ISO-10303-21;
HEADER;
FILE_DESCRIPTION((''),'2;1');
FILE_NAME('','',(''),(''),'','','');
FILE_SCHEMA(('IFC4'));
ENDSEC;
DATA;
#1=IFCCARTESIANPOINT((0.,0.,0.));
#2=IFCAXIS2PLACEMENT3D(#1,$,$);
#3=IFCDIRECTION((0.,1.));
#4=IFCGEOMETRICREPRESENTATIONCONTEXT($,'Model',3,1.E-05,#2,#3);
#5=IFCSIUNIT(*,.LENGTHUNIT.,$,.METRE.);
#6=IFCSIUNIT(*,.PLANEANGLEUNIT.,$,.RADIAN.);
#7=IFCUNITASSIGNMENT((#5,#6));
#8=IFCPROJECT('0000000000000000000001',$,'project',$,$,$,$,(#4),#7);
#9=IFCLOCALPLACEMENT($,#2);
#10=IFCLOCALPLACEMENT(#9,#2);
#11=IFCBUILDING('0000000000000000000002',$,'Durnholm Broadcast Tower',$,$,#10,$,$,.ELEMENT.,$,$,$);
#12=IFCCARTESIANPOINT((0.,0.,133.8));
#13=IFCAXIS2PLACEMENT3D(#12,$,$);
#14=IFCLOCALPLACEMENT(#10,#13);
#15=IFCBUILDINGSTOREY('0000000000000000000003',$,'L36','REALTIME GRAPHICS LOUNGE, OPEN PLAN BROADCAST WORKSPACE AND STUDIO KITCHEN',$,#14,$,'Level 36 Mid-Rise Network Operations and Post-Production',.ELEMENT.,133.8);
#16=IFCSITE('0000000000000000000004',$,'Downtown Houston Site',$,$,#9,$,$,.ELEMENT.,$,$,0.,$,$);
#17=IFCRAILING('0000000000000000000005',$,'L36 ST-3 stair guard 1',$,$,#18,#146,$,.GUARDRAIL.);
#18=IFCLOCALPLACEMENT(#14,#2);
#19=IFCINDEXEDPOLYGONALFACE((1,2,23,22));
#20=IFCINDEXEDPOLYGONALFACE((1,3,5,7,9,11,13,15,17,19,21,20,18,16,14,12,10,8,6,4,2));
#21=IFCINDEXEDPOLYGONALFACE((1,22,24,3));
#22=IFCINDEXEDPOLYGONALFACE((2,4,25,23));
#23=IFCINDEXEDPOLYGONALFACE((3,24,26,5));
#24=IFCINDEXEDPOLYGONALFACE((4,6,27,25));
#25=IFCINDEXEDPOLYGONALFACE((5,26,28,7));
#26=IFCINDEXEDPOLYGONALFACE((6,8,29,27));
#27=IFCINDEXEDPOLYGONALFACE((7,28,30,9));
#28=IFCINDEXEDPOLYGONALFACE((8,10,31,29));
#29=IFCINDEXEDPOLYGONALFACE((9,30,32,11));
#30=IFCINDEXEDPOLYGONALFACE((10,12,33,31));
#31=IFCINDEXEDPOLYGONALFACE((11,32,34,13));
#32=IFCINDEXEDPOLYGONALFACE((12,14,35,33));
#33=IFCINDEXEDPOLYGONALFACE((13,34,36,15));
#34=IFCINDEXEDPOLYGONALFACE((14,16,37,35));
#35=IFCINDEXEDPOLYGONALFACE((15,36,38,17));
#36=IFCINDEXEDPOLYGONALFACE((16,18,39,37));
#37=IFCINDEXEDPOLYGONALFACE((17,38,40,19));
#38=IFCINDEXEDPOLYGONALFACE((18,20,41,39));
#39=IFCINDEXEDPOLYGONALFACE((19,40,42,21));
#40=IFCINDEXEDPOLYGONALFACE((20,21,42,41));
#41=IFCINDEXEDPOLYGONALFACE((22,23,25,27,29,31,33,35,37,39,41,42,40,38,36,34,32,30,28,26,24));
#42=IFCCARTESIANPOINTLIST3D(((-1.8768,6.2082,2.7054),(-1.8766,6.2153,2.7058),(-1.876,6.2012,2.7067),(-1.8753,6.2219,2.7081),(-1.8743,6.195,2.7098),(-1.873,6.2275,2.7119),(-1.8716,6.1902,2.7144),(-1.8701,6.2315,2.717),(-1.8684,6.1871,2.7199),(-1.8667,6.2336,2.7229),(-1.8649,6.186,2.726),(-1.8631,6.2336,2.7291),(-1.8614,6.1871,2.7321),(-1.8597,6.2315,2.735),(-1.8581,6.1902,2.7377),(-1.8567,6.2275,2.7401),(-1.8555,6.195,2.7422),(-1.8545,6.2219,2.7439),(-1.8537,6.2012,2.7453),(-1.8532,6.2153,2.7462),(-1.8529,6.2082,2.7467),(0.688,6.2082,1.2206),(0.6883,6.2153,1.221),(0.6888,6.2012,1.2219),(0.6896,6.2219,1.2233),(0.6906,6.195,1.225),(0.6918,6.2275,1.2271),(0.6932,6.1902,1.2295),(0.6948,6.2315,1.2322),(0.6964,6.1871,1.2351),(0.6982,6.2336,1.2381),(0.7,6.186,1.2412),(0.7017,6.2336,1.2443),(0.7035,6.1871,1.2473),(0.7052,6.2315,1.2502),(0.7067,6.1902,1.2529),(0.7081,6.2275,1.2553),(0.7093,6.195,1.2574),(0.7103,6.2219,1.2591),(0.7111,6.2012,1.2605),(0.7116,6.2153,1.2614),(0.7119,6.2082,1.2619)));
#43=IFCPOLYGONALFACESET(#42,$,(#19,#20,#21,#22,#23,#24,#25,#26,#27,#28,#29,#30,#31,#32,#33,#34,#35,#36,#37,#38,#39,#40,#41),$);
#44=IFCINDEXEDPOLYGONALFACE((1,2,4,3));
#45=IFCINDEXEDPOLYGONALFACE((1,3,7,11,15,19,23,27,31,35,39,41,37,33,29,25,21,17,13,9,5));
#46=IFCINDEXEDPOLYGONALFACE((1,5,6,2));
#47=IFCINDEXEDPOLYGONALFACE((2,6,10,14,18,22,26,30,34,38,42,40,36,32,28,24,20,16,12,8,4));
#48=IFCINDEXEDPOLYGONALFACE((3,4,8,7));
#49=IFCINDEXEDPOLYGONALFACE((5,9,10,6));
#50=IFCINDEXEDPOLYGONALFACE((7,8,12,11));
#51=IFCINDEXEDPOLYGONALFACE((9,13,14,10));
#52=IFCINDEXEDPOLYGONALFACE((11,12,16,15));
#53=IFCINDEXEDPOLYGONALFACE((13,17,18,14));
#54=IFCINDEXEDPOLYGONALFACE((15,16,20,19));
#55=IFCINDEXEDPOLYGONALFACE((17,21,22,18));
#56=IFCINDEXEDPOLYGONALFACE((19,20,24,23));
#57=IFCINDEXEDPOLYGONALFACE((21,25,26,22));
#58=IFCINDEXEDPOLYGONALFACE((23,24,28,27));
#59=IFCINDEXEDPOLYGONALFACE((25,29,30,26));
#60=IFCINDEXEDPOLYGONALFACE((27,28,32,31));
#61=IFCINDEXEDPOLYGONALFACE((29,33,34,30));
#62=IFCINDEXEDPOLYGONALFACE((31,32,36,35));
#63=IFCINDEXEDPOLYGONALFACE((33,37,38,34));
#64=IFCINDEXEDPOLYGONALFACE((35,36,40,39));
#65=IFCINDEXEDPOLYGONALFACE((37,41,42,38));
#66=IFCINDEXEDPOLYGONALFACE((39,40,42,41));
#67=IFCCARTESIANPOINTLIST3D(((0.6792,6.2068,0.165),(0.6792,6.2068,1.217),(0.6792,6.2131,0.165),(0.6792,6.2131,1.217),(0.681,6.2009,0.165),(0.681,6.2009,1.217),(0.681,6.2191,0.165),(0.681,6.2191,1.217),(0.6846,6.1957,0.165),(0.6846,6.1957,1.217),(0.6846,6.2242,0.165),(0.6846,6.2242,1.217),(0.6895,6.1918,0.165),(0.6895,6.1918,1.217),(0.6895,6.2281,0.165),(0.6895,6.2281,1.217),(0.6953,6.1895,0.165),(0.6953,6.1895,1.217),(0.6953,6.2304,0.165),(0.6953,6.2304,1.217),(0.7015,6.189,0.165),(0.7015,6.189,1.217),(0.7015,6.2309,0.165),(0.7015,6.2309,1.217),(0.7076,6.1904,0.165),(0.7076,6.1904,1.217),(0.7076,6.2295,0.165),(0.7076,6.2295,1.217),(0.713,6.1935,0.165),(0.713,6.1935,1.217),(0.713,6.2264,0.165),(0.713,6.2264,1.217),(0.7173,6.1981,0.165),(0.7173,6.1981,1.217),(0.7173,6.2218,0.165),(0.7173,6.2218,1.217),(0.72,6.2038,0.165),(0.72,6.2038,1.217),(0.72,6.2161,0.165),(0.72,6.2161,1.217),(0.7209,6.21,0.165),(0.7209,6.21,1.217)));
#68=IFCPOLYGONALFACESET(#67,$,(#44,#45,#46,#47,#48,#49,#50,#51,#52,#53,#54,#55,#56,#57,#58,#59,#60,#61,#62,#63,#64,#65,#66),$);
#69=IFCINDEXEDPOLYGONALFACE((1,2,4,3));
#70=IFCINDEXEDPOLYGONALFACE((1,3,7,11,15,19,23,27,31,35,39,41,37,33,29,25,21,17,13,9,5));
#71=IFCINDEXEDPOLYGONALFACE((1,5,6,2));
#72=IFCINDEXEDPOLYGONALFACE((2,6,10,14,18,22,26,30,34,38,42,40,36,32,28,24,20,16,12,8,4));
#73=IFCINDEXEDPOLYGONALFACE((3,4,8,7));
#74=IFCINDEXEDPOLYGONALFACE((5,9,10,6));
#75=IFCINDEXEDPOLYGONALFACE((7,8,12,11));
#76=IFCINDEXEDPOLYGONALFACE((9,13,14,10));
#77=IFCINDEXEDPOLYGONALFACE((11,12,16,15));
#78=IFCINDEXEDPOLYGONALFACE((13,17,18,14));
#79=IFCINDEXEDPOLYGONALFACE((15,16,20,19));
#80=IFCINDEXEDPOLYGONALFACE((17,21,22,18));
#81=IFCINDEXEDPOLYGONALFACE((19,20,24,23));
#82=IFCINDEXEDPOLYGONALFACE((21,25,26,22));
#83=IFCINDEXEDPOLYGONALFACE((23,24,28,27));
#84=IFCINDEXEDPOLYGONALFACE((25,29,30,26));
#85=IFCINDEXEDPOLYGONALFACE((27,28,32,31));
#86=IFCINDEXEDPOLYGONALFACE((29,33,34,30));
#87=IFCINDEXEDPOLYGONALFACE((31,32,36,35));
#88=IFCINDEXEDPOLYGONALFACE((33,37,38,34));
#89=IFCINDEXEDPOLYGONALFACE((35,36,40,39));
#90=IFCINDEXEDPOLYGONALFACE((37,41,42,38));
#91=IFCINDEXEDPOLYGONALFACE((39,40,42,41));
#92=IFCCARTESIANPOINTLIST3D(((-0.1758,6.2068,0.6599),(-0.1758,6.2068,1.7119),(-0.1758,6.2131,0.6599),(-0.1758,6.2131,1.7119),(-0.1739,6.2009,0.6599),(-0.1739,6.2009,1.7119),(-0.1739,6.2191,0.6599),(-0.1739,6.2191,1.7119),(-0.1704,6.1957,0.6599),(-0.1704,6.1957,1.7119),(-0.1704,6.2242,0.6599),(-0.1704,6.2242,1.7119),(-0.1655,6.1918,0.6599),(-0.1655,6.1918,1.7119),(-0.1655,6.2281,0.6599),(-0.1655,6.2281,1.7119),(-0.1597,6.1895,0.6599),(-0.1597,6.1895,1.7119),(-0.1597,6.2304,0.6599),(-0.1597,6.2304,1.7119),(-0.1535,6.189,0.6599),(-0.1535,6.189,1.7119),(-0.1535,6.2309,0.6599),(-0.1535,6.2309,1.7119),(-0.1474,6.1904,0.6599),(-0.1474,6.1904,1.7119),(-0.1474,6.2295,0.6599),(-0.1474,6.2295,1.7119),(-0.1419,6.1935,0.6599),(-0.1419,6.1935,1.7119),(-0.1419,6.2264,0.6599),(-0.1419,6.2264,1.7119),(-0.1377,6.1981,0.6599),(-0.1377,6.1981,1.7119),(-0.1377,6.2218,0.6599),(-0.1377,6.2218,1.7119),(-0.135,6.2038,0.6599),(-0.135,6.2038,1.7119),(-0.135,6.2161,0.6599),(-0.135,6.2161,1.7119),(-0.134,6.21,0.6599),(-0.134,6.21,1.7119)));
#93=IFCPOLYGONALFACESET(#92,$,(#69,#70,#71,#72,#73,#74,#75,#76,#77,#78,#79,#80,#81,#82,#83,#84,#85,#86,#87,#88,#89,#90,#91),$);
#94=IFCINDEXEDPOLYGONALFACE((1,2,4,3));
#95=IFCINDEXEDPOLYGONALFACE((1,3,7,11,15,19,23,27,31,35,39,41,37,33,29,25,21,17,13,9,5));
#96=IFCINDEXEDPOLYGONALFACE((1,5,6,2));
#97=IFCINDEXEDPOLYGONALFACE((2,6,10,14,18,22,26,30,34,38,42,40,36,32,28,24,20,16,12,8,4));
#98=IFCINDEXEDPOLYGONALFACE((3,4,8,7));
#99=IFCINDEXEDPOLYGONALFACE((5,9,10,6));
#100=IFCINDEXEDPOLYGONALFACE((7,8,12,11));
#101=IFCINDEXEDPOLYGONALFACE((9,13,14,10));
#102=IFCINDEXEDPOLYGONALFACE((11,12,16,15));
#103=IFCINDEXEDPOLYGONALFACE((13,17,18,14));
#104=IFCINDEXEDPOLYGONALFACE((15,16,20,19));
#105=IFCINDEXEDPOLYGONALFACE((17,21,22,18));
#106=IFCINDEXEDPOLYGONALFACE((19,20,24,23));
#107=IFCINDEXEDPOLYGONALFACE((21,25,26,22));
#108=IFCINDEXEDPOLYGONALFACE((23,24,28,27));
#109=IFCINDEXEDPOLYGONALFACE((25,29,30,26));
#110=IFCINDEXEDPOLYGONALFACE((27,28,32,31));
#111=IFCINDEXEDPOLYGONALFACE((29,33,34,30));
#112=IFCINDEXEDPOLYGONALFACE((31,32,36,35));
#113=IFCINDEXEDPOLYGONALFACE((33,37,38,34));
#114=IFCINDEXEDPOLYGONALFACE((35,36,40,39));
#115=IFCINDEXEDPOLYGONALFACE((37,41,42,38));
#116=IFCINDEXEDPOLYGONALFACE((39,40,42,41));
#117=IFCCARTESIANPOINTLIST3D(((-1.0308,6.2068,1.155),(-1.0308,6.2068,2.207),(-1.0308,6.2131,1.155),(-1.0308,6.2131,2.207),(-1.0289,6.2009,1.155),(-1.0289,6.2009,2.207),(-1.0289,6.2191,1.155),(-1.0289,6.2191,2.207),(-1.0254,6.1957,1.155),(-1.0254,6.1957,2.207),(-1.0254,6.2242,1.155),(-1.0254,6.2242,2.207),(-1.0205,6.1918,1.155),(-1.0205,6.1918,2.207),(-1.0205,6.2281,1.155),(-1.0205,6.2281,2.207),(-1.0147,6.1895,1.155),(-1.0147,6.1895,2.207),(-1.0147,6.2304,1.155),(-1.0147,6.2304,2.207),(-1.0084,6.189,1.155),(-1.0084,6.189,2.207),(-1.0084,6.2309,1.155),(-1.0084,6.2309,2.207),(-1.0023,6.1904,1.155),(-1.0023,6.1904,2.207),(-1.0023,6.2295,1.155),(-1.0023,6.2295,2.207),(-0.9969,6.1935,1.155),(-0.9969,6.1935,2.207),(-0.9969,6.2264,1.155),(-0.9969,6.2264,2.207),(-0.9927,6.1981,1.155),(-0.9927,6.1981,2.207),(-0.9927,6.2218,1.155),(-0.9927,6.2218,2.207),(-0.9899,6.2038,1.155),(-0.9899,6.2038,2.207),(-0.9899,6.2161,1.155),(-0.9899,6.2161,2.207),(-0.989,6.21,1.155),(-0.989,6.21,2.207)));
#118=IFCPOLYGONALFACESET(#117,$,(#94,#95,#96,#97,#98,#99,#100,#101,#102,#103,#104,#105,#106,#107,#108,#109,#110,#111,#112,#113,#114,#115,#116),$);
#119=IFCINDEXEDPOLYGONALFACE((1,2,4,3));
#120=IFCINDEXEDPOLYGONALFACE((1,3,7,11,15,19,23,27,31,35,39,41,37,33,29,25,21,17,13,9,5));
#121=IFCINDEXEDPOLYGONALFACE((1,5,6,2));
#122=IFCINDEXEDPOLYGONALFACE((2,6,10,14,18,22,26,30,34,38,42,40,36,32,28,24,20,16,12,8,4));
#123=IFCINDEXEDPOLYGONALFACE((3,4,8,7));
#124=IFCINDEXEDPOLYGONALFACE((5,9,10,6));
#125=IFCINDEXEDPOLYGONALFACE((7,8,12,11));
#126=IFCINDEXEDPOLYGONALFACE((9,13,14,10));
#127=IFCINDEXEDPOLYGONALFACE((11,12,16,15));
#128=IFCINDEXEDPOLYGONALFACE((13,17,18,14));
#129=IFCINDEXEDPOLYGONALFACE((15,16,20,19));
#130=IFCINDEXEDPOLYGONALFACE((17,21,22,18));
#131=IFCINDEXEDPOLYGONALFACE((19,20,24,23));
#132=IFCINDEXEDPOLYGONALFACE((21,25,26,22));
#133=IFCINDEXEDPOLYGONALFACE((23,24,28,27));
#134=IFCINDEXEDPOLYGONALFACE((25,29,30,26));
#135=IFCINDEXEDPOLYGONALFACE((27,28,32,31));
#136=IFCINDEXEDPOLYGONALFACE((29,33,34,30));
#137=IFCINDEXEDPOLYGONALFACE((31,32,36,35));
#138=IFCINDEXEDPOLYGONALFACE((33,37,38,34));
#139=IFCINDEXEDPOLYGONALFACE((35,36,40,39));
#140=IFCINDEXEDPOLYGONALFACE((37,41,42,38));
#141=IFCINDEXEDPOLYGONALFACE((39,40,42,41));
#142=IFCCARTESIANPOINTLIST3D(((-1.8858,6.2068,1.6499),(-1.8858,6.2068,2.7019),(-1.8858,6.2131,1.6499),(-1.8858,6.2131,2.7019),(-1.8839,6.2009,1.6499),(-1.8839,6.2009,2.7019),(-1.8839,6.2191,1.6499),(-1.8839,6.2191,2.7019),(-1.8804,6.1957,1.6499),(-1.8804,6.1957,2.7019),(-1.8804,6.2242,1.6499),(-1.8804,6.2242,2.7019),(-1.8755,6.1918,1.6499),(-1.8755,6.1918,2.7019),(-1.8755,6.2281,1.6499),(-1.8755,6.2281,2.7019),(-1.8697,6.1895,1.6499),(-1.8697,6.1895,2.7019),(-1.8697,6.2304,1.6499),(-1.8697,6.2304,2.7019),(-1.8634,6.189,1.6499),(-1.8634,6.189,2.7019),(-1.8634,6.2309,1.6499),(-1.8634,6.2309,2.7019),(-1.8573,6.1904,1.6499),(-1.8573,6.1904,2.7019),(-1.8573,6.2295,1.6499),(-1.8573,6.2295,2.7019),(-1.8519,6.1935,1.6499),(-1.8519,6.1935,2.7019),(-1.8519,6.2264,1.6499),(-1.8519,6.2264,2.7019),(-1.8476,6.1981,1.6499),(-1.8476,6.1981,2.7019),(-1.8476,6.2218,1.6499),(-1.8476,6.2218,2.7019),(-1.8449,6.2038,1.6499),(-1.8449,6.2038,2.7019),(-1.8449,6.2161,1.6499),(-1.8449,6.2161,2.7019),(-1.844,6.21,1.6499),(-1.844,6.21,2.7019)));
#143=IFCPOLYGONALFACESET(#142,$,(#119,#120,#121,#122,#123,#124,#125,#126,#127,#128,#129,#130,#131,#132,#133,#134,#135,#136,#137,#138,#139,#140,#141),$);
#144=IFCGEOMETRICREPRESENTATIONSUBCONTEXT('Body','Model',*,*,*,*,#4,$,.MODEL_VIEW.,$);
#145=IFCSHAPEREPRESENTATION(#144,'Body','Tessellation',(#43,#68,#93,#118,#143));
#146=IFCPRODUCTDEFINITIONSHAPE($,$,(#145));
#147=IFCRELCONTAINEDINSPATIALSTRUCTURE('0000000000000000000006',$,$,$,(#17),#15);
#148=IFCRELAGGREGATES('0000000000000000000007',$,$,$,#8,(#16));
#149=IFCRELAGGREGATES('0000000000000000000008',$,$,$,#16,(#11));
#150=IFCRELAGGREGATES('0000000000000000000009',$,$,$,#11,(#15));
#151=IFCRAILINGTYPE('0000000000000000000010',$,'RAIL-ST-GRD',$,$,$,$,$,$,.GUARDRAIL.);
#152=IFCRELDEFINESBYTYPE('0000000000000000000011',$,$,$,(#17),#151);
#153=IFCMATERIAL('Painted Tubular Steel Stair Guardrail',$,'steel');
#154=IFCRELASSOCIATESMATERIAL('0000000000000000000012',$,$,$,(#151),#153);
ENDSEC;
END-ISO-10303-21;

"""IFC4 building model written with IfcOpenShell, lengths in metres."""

from ifc_helpers import new_model, si_unit, direction, frame, origin, origin_2d, place, context, subcontext, project, spatial, circle, extrude, material, type_object, element, save


model = new_model("IFC4")

# Units and contexts
model_context = context("Model", 3, precision=1e-05, world=origin(), true_north=direction((0.0, 1.0)))
body_context = subcontext(model_context, "Body", "Model", "MODEL_VIEW")
ifc_project = project(units=[si_unit("LENGTHUNIT", "METRE"), si_unit("PLANEANGLEUNIT", "RADIAN")], contexts=[model_context])

# Site, building, storey
site_placement = place(None, origin())
site = spatial("IfcSite", under=ifc_project, at=site_placement, Name="Downtown Houston Site", CompositionType="ELEMENT", RefElevation=0.0)
building_placement = place(site_placement, origin())
building = spatial("IfcBuilding", under=site, at=building_placement, Name="Durnholm Broadcast Tower", CompositionType="ELEMENT")
storey_placement = place(building_placement, frame((0.0, 0.0, 133.8)))
storey = spatial("IfcBuildingStorey", under=building, at=storey_placement, Name="L36", Description="REALTIME GRAPHICS LOUNGE, OPEN PLAN BROADCAST WORKSPACE AND STUDIO KITCHEN", LongName="Level 36 Mid-Rise Network Operations and Post-Production", CompositionType="ELEMENT", Elevation=133.8)

# Railing
ifc_material_1 = material(Name="Painted Tubular Steel Stair Guardrail", Category="steel")
railing_type_1 = type_object("IfcRailingType", Name="RAIL-ST-GRD", PredefinedType="GUARDRAIL", material=ifc_material_1)
railing_1_placement = place(storey_placement, frame((0.7, 6.21, 0.165)))
element("IfcRailing", 1, at=railing_1_placement, inside=storey, type_object=railing_type_1, Name="L36 ST-3 stair guard 1", PredefinedType="GUARDRAIL", context=body_context, shape_type="SweptSolid", body=[
    extrude(circle(Radius=0.0239, at=origin_2d()), frame((0.0, 0.0, 1.0762), z_axis=(-0.865441, 0.0, 0.50101), x_axis=(0.0, -1.0, 0.0)), (0.0, 0.0, 1.0), 2.9636),
    extrude(circle(Radius=0.021, at=origin_2d()), origin(), (0.0, 0.0, 1.0), 1.052),
    extrude(circle(Radius=0.021, at=origin_2d()), frame((-0.855, 0.0, 0.4949)), (0.0, 0.0, 1.0), 1.052),
    extrude(circle(Radius=0.021, at=origin_2d()), frame((-1.71, 0.0, 0.99)), (0.0, 0.0, 1.0), 1.052),
    extrude(circle(Radius=0.021, at=origin_2d()), frame((-2.5649, 0.0, 1.4849)), (0.0, 0.0, 1.0), 1.052),
])

save(model, "model.ifc")
